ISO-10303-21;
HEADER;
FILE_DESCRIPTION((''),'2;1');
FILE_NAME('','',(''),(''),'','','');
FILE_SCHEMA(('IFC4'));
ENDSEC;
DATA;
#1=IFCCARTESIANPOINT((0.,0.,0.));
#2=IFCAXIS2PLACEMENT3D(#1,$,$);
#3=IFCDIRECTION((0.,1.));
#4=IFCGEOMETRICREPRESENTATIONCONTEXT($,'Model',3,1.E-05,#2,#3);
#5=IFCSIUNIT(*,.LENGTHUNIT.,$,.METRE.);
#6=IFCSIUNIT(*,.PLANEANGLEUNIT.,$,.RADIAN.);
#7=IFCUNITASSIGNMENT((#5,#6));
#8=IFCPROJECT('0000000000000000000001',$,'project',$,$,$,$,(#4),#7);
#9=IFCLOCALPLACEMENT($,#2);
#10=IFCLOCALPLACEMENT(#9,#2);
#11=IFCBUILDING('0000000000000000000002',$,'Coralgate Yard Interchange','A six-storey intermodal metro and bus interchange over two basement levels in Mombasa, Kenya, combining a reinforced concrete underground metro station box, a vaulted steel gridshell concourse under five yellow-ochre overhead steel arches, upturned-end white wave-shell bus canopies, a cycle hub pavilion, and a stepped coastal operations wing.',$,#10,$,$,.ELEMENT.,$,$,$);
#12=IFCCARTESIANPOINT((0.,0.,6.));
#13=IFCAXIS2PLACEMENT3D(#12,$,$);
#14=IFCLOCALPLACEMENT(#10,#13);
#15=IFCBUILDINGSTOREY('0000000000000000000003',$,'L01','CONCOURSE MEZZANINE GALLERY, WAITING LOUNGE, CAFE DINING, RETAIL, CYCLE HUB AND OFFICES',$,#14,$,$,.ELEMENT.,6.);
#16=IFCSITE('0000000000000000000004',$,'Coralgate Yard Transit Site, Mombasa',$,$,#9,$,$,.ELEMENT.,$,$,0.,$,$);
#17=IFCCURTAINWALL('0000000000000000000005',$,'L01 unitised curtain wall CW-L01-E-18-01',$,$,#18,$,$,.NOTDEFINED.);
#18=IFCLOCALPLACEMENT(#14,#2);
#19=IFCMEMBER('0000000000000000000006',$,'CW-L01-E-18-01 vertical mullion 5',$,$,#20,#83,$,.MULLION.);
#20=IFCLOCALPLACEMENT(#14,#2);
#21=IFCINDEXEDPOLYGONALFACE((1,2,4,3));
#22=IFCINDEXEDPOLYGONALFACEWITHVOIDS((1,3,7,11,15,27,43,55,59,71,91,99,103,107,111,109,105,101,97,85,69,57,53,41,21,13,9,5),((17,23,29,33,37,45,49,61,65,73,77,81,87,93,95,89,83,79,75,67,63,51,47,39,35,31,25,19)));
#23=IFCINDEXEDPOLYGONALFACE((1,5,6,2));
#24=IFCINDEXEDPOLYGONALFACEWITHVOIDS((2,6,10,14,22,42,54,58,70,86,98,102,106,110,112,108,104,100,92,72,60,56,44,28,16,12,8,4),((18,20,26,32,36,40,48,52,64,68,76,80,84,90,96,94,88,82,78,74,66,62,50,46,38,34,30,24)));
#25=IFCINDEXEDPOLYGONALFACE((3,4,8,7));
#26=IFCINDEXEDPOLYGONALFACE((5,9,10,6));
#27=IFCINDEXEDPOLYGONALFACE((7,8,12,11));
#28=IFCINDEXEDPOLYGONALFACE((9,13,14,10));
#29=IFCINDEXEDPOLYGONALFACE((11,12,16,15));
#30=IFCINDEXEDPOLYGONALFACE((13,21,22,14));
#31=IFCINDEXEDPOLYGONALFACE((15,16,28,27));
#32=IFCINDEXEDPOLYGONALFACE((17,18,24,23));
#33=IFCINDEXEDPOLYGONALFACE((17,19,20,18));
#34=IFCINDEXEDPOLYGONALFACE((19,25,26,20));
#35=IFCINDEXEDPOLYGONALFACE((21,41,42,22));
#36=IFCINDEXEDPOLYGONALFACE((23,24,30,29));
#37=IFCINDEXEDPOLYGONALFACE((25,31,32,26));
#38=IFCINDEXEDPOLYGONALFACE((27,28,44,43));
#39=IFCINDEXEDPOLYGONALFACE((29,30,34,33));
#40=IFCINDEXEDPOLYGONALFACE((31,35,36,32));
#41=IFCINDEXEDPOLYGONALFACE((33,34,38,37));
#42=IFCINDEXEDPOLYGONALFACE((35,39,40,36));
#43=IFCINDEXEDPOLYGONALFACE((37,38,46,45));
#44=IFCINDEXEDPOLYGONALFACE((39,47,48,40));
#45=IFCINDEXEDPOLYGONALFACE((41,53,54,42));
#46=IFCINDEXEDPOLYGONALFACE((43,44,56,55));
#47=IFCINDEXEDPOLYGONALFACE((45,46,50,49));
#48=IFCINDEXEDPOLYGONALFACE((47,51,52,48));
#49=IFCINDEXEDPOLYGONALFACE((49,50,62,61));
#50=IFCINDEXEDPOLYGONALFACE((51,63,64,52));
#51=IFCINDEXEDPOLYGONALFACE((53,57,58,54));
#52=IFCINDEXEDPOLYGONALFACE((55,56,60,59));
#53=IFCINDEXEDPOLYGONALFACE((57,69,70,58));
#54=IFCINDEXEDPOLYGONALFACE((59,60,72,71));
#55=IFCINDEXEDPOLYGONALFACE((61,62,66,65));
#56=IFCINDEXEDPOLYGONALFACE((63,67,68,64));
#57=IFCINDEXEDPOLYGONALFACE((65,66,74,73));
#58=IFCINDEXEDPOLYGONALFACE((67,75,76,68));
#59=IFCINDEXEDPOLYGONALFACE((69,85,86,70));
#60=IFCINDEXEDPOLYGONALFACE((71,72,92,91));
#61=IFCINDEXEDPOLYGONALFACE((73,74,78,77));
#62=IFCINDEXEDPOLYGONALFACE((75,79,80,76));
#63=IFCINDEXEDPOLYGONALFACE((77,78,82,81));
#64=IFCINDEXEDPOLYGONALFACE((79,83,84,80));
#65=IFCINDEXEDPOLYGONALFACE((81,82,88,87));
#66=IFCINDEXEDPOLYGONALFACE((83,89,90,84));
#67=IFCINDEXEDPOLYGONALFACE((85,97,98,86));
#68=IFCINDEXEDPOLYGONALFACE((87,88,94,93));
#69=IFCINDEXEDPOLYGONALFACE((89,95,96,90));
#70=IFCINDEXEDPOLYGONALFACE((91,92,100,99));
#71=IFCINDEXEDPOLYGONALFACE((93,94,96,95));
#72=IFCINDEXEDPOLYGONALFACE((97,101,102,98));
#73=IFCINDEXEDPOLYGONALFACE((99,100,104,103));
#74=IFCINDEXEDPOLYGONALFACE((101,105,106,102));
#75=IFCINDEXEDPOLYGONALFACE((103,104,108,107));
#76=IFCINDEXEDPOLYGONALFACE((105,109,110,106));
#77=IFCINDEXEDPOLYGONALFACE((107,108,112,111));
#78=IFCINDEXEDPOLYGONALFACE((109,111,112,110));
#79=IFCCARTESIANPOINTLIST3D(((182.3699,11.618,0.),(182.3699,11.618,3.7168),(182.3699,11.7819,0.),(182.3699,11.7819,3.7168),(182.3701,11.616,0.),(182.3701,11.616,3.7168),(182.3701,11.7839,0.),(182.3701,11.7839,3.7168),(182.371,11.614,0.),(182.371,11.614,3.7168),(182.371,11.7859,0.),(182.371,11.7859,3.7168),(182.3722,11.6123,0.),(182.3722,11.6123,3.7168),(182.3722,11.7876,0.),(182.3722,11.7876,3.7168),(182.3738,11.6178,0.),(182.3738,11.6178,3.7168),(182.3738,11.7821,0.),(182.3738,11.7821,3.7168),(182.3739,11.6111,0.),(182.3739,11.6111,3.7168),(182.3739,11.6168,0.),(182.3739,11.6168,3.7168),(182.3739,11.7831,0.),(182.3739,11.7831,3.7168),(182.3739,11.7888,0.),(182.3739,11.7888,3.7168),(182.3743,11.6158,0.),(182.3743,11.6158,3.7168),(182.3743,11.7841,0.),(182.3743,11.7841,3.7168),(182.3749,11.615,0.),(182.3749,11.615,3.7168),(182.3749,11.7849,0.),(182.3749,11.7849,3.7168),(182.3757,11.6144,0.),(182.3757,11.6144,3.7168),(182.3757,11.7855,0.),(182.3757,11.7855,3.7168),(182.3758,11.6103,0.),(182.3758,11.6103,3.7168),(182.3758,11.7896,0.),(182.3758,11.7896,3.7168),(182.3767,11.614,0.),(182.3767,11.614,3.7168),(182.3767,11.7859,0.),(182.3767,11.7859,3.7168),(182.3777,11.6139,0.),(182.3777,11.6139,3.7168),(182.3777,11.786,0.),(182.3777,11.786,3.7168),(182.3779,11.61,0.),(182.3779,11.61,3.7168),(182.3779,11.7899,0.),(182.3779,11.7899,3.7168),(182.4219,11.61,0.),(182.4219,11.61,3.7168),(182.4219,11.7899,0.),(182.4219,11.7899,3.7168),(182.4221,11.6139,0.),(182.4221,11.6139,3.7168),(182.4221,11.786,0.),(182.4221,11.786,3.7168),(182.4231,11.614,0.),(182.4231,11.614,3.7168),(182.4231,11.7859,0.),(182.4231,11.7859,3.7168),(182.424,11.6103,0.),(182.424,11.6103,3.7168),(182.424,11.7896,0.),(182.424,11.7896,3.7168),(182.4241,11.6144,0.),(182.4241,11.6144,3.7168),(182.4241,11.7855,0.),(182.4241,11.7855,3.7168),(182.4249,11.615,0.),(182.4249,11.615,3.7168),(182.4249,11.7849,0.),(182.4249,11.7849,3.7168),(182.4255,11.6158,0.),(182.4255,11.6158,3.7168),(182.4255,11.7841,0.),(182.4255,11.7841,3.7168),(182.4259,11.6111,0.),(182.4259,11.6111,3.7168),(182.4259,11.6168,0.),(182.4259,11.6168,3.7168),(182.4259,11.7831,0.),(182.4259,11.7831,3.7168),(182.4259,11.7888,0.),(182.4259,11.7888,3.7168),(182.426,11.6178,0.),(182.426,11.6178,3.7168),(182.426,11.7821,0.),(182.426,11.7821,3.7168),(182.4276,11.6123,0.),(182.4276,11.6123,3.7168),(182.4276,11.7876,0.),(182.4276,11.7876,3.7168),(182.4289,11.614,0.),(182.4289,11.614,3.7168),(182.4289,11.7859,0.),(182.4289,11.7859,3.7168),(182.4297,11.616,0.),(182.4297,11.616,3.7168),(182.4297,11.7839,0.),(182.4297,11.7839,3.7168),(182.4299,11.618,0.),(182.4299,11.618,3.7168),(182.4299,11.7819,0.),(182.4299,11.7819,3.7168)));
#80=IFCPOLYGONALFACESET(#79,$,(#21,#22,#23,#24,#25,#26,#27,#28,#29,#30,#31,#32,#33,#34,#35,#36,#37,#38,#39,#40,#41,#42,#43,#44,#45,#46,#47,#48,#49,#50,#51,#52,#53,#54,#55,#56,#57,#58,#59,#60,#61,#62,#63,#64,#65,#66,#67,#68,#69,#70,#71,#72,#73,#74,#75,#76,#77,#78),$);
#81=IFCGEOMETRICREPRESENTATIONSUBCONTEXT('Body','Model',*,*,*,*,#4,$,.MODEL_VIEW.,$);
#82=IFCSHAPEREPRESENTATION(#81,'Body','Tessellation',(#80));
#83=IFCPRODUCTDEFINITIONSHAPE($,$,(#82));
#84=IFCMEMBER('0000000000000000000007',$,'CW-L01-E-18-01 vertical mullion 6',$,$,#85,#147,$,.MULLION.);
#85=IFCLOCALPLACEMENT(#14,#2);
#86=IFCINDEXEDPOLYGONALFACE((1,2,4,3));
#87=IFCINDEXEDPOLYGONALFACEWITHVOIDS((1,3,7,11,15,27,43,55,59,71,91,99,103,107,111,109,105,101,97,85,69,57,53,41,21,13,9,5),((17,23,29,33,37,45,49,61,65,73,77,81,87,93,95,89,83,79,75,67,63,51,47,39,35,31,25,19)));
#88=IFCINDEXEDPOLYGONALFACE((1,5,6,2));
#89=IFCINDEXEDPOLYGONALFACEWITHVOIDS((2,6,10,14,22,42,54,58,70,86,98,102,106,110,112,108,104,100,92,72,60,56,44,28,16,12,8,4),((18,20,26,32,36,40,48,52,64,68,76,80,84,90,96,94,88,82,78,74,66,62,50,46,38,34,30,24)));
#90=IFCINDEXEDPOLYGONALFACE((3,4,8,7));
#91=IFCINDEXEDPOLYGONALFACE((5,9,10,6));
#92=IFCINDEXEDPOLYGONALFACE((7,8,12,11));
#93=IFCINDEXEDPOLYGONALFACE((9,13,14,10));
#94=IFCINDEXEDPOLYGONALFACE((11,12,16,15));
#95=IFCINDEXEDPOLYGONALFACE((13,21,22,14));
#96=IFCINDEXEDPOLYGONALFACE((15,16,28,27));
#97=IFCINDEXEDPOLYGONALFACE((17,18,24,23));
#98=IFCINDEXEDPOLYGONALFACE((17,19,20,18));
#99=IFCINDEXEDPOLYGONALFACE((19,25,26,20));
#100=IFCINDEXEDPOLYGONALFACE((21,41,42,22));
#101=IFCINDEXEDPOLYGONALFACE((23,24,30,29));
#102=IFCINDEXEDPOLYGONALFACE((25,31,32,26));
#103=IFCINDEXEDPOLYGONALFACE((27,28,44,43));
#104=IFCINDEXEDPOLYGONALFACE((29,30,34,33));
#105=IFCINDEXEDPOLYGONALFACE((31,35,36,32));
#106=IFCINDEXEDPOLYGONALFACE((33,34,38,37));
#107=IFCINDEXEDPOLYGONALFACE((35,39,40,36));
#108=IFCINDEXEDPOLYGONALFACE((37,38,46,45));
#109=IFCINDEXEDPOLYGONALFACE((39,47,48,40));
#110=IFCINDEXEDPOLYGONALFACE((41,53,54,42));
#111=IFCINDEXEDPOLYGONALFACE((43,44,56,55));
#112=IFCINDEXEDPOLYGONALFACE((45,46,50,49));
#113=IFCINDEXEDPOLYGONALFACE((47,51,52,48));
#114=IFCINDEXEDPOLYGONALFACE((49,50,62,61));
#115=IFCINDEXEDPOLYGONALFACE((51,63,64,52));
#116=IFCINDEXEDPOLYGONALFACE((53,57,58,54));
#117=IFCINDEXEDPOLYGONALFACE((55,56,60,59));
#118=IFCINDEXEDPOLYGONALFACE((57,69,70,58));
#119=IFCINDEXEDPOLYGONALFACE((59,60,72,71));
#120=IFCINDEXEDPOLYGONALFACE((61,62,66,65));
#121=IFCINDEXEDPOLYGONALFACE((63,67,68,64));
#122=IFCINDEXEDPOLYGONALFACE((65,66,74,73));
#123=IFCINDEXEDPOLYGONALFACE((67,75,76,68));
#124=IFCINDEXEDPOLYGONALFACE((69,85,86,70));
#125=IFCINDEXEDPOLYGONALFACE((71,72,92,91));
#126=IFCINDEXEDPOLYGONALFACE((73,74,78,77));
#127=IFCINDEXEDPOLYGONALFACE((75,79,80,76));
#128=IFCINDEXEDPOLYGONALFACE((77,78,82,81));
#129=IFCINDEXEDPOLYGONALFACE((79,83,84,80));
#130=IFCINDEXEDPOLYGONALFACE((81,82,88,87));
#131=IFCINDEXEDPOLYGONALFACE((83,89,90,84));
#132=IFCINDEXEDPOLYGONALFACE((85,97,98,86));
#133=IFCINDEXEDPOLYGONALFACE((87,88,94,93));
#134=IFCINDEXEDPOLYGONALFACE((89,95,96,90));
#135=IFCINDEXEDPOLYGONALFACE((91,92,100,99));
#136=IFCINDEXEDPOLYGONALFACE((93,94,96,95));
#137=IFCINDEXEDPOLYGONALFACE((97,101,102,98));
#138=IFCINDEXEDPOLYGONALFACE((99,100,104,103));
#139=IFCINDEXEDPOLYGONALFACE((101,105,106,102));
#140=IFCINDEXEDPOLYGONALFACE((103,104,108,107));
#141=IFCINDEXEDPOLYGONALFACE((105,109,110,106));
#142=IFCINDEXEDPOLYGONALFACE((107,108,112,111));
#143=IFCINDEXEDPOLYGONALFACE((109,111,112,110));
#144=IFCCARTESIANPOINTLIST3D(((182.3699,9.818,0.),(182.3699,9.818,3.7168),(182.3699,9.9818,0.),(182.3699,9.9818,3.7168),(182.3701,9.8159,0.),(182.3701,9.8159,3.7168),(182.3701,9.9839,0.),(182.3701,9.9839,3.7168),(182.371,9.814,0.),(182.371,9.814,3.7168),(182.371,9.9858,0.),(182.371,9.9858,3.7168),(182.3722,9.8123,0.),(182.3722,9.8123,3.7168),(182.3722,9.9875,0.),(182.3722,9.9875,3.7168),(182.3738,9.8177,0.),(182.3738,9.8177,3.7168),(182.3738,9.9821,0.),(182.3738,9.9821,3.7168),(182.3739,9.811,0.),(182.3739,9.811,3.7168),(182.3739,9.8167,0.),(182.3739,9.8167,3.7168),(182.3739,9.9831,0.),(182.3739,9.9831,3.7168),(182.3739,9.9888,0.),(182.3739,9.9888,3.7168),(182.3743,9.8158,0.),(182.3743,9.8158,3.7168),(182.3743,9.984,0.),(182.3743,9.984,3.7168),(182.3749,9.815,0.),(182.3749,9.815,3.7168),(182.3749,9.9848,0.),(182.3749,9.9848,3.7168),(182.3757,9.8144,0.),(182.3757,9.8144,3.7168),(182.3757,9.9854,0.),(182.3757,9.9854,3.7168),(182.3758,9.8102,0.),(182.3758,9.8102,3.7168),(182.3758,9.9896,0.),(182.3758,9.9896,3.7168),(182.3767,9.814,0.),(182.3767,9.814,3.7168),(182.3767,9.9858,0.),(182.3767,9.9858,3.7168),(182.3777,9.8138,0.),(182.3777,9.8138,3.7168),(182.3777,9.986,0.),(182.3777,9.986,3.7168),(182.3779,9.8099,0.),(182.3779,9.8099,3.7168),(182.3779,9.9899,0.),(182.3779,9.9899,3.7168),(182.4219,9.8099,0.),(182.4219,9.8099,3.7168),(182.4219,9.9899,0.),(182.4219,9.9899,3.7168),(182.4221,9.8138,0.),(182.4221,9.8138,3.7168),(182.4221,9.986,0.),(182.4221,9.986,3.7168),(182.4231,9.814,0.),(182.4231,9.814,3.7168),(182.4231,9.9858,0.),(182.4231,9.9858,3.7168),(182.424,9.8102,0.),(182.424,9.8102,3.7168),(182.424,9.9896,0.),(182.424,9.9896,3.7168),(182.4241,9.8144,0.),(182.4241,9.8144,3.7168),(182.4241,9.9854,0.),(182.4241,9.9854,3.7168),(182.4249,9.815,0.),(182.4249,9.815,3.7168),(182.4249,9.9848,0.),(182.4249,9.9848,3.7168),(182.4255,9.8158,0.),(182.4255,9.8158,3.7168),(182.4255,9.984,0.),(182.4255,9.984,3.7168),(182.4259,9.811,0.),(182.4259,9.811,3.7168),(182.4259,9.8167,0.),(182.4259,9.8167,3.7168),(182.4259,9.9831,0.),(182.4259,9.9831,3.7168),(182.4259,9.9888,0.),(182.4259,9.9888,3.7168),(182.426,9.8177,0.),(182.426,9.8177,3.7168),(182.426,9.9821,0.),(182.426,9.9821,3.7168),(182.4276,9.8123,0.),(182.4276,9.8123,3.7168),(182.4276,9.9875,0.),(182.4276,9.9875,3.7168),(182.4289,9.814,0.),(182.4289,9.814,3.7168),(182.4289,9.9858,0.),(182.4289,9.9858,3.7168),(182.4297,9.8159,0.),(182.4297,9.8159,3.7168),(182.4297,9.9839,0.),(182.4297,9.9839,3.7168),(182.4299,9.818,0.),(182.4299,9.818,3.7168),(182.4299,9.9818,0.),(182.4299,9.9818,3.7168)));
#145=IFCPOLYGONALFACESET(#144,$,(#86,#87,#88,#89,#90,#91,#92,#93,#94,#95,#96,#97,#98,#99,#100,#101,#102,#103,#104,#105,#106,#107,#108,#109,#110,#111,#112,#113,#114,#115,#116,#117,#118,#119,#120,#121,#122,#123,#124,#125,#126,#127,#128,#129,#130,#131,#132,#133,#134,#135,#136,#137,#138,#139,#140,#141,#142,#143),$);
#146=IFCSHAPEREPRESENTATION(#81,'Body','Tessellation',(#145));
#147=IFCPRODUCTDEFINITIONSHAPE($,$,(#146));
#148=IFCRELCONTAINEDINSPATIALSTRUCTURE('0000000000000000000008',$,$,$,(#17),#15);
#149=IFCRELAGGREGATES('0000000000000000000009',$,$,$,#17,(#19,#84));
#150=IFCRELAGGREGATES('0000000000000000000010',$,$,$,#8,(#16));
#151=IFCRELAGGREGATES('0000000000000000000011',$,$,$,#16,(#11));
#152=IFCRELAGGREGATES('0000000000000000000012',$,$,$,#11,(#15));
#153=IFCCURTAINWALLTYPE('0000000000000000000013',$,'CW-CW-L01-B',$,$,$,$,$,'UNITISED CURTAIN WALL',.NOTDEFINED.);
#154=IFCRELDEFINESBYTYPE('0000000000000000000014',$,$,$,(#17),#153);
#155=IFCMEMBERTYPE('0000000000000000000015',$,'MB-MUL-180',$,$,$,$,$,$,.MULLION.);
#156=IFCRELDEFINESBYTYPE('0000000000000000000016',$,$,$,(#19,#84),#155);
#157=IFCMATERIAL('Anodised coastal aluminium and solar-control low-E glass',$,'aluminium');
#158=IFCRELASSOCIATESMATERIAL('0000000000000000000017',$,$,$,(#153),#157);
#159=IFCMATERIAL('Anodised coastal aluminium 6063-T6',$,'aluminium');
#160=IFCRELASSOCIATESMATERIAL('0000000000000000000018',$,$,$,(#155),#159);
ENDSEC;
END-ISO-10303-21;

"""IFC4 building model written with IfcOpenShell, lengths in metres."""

from ifc_helpers import new_model, si_unit, direction, frame, origin, origin_2d, place, context, subcontext, project, spatial, hollow_rectangle, extrude, material, material_profile, profile_set, type_object, element, aggregate, save


model = new_model("IFC4")

# Units and contexts
model_context = context("Model", 3, precision=1e-05, world=origin(), true_north=direction((0.0, 1.0)))
body_context = subcontext(model_context, "Body", "Model", "MODEL_VIEW")
ifc_project = project(units=[si_unit("LENGTHUNIT", "METRE"), si_unit("PLANEANGLEUNIT", "RADIAN")], contexts=[model_context])

# Site, building, storey
site_placement = place(None, origin())
site = spatial("IfcSite", under=ifc_project, at=site_placement, Name="Coralgate Yard Transit Site, Mombasa", CompositionType="ELEMENT", RefElevation=0.0)
building_placement = place(site_placement, origin())
building = spatial("IfcBuilding", under=site, at=building_placement, Name="Coralgate Yard Interchange", Description="A six-storey intermodal metro and bus interchange over two basement levels in Mombasa, Kenya, combining a reinforced concrete underground metro station box, a vaulted steel gridshell concourse under five yellow-ochre overhead steel arches, upturned-end white wave-shell bus canopies, a cycle hub pavilion, and a stepped coastal operations wing.", CompositionType="ELEMENT")
storey_placement = place(building_placement, frame((0.0, 0.0, 6.0)))
storey = spatial("IfcBuildingStorey", under=building, at=storey_placement, Name="L01", Description="CONCOURSE MEZZANINE GALLERY, WAITING LOUNGE, CAFE DINING, RETAIL, CYCLE HUB AND OFFICES", CompositionType="ELEMENT", Elevation=6.0)

# Curtain wall, members
ifc_material_1 = material(Name="Anodised coastal aluminium and solar-control low-E glass", Category="aluminium")
curtain_wall_type = type_object("IfcCurtainWallType", Name="CW-CW-L01-B", ElementType="UNITISED CURTAIN WALL", PredefinedType="NOTDEFINED", material=ifc_material_1)
curtain_wall_placement = place(storey_placement, origin())
curtain_wall = element("IfcCurtainWall", 1, at=curtain_wall_placement, inside=storey, type_object=curtain_wall_type, Name="L01 unitised curtain wall CW-L01-E-18-01", PredefinedType="NOTDEFINED")
ifc_material_2 = material(Name="Anodised coastal aluminium 6063-T6", Category="aluminium")
ifc_material_profile_1 = material_profile(ifc_material_2, hollow_rectangle(XDim=0.0601, YDim=0.1799, WallThickness=0.0039, InnerFilletRadius=0.0039, OuterFilletRadius=0.0081, at=origin_2d()), Name="ALU 60x180x4")
ifc_profile_set_1 = profile_set([ifc_material_profile_1], Name="Anodised coastal aluminium 6063-T6")
member_type_1 = type_object("IfcMemberType", Name="MB-MUL-180", PredefinedType="MULLION", material=ifc_profile_set_1)
member_1_placement = place(storey_placement, frame((182.3999, 11.7, 0.0), z_axis=(0.0, 0.0, 1.0), x_axis=(1.0, 0.0, 0.0)))
member_1 = element("IfcMember", 2, at=member_1_placement, type_object=member_type_1, Name="CW-L01-E-18-01 vertical mullion 5", PredefinedType="MULLION", context=body_context, shape_type="SweptSolid", body=[
    extrude(hollow_rectangle(XDim=0.0601, YDim=0.1799, WallThickness=0.0039, InnerFilletRadius=0.0039, OuterFilletRadius=0.0081, at=origin_2d()), origin(), (0.0, 0.0, 1.0), 3.7168),
])
member_2_placement = place(storey_placement, frame((182.3999, 9.8999, 0.0), z_axis=(0.0, 0.0, 1.0), x_axis=(1.0, 0.0, 0.0)))
member_2 = element("IfcMember", 3, at=member_2_placement, type_object=member_type_1, Name="CW-L01-E-18-01 vertical mullion 6", PredefinedType="MULLION", context=body_context, shape_type="SweptSolid", body=[
    extrude(hollow_rectangle(XDim=0.0601, YDim=0.1799, WallThickness=0.0039, InnerFilletRadius=0.0039, OuterFilletRadius=0.0081, at=origin_2d()), origin(), (0.0, 0.0, 1.0), 3.7168),
])
aggregate(curtain_wall, [member_1, member_2])

save(model, "model.ifc")
